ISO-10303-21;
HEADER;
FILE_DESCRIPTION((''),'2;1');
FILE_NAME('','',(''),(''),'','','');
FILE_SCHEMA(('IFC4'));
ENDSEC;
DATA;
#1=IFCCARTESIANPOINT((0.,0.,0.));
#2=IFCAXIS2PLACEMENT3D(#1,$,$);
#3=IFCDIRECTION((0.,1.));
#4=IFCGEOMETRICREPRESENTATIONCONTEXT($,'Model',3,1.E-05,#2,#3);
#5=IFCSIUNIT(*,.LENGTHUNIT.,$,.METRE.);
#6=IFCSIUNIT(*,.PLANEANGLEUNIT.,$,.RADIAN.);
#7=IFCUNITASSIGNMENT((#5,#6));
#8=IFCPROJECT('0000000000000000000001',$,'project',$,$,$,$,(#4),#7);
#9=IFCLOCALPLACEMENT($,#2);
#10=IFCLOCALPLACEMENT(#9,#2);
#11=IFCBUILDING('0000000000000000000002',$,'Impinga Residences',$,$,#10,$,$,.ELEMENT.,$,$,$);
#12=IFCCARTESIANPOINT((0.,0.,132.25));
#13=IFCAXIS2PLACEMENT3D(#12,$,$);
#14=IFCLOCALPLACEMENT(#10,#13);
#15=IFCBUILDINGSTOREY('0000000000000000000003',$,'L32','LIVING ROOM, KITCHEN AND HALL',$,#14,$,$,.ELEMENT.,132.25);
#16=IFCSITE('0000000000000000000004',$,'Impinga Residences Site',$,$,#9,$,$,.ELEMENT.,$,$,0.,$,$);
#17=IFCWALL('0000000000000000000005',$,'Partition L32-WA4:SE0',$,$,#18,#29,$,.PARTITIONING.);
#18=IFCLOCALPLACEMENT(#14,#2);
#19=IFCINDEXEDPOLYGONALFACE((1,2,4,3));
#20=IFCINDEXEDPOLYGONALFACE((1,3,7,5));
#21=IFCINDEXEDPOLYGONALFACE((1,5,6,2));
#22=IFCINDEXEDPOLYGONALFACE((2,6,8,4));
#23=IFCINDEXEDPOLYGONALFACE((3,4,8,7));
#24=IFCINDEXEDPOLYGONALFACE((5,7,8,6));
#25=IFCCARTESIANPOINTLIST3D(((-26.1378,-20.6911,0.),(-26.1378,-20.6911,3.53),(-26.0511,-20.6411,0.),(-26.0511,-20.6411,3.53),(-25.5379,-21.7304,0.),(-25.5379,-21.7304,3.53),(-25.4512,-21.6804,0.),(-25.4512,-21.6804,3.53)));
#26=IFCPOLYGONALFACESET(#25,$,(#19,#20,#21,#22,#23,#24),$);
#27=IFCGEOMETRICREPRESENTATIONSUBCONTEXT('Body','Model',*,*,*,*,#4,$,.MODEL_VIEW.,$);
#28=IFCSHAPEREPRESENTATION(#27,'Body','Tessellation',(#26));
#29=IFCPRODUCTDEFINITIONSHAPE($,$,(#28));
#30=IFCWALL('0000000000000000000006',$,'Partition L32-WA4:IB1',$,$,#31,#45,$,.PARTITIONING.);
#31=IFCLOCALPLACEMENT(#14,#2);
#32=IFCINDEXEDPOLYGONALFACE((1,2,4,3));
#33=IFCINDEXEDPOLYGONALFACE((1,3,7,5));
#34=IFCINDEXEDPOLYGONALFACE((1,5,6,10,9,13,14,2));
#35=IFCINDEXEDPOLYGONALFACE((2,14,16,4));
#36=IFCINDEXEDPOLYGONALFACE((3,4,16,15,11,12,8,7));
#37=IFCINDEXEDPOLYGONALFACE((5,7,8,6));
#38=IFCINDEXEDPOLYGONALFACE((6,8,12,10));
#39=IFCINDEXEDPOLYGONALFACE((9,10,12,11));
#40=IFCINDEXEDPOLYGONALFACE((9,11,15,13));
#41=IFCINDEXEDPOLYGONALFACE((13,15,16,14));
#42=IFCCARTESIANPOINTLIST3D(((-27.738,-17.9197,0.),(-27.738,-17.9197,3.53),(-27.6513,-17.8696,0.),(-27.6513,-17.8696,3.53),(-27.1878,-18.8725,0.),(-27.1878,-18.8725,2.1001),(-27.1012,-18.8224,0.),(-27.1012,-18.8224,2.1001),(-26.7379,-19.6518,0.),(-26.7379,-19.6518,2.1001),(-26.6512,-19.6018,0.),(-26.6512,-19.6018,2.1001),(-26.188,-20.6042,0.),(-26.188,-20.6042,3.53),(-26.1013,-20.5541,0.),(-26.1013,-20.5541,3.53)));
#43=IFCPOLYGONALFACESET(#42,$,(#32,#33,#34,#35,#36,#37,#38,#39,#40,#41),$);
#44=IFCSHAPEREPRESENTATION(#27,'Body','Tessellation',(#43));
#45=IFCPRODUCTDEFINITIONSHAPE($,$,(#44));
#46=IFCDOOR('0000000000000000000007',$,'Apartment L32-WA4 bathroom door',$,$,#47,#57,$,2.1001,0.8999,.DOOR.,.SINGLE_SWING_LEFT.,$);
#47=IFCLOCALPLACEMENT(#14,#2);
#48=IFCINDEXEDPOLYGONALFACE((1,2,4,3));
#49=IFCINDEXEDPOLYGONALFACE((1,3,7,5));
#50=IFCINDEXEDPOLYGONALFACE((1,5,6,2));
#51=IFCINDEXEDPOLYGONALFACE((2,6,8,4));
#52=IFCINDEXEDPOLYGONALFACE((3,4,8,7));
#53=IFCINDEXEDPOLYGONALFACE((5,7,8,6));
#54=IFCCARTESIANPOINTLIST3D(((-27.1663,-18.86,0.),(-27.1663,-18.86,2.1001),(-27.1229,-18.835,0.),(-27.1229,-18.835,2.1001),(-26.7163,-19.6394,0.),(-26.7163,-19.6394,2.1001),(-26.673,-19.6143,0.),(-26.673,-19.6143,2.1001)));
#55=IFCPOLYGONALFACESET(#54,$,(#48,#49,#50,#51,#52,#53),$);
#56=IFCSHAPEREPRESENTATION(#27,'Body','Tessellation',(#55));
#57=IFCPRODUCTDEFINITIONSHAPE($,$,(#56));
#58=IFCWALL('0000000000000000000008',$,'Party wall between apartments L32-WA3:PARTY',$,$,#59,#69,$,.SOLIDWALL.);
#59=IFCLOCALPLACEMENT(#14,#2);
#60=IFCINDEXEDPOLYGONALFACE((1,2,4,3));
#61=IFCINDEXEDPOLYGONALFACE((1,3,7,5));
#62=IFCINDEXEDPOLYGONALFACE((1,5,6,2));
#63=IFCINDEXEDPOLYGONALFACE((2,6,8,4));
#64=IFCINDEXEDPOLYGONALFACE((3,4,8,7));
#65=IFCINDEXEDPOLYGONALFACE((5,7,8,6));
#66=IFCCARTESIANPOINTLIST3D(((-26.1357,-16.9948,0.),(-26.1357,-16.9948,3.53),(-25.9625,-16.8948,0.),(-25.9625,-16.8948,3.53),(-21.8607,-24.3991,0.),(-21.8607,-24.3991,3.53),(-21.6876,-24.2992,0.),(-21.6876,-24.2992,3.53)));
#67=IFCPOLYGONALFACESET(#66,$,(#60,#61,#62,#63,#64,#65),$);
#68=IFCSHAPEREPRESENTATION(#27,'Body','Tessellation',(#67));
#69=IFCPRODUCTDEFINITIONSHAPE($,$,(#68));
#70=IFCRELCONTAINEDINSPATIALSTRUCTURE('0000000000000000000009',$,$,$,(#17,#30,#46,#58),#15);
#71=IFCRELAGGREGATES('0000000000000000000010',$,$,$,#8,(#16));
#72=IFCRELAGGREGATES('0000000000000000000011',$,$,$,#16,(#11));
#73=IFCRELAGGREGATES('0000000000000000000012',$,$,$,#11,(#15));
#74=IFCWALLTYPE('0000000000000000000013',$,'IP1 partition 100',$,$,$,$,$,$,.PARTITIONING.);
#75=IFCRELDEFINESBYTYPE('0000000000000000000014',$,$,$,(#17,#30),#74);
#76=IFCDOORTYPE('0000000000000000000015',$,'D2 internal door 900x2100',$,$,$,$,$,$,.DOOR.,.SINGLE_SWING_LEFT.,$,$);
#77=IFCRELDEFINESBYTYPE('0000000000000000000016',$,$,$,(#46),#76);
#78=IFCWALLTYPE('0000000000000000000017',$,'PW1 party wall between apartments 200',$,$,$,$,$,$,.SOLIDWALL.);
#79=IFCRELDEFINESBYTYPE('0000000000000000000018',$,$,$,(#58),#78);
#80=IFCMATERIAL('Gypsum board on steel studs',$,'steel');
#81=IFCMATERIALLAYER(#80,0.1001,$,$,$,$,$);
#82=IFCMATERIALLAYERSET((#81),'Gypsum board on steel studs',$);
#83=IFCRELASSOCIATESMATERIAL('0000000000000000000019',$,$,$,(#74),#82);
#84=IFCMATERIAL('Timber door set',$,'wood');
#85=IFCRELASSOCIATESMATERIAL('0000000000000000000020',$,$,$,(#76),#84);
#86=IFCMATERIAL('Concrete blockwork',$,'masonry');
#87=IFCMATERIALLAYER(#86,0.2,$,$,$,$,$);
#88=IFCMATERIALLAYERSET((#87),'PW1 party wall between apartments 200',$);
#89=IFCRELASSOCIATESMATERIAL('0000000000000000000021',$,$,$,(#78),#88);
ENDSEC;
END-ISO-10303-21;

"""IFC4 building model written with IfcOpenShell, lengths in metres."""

from ifc_helpers import new_model, si_unit, direction, frame, frame_2d, origin, place, context, subcontext, project, spatial, rectangle, extrude, material, layer, layer_set, type_object, element, fill, save


model = new_model("IFC4")

# Units and contexts
model_context = context("Model", 3, precision=1e-05, world=origin(), true_north=direction((0.0, 1.0)))
body_context = subcontext(model_context, "Body", "Model", "MODEL_VIEW")
ifc_project = project(units=[si_unit("LENGTHUNIT", "METRE"), si_unit("PLANEANGLEUNIT", "RADIAN")], contexts=[model_context])

# Site, building, storey
site_placement = place(None, origin())
site = spatial("IfcSite", under=ifc_project, at=site_placement, Name="Impinga Residences Site", CompositionType="ELEMENT", RefElevation=0.0)
building_placement = place(site_placement, origin())
building = spatial("IfcBuilding", under=site, at=building_placement, Name="Impinga Residences", CompositionType="ELEMENT")
storey_placement = place(building_placement, frame((0.0, 0.0, 132.25)))
storey = spatial("IfcBuildingStorey", under=building, at=storey_placement, Name="L32", Description="LIVING ROOM, KITCHEN AND HALL", CompositionType="ELEMENT", Elevation=132.25)

# Shared definitions
ifc_material_1 = material(Name="Concrete blockwork", Category="masonry")
ifc_material_2 = material(Name="Timber door set", Category="wood")
ifc_material_3 = material(Name="Gypsum board on steel studs", Category="steel")
ifc_layer_1 = layer(ifc_material_3, 0.1001)
ifc_layer_set_1 = layer_set([ifc_layer_1], Name="Gypsum board on steel studs")
wall_type_1 = type_object("IfcWallType", Name="IP1 partition 100", PredefinedType="PARTITIONING", material=ifc_layer_set_1)
door_type_1 = type_object("IfcDoorType", Name="D2 internal door 900x2100", OperationType="SINGLE_SWING_LEFT", PredefinedType="DOOR", material=ifc_material_2)

# Wall
wall_1_placement = place(storey_placement, frame((-26.0945, -20.666, 0.0), z_axis=(0.0, 0.0, 1.0), x_axis=(0.499881, -0.866094, 0.0)))
element("IfcWall", 1, at=wall_1_placement, inside=storey, type_object=wall_type_1, Name="Partition L32-WA4:SE0", PredefinedType="PARTITIONING", context=body_context, shape_type="SweptSolid", body=[
    extrude(rectangle(XDim=1.2, YDim=0.1001, at=frame_2d((0.6001, 0.0))), origin(), (0.0, 0.0, 1.0), 3.53),
])

# Wall, opening, door
wall_2_placement = place(storey_placement, frame((-27.6946, -17.8948, 0.0), z_axis=(0.0, 0.0, 1.0), x_axis=(0.500027, -0.86601, 0.0)))
wall_2 = element("IfcWall", 2, at=wall_2_placement, inside=storey, type_object=wall_type_1, Name="Partition L32-WA4:IB1", PredefinedType="PARTITIONING", context=body_context, shape_type="SweptSolid", body=[
    extrude(rectangle(XDim=3.0999, YDim=0.1001, at=frame_2d((1.5498, 0.0))), origin(), (0.0, 0.0, 1.0), 3.53),
])
opening_1_placement = place(wall_2_placement, frame((1.1001, 0.0, 0.0)))
opening_1 = element("IfcOpeningElement", 3, at=opening_1_placement, cuts=wall_2, PredefinedType="OPENING", context=body_context, shape_type="SweptSolid", body=[
    extrude(rectangle(XDim=0.8999, YDim=2.1001, at=frame_2d((0.45, 1.05))), frame((0.0, 0.0601, 0.0), z_axis=(0.0, -1.0, 0.0), x_axis=(1.0, 0.0, 0.0)), (0.0, 0.0, 1.0), 0.1201),
])
door_1_placement = place(opening_1_placement, origin())
door_1 = element("IfcDoor", 4, at=door_1_placement, inside=storey, type_object=door_type_1, Name="Apartment L32-WA4 bathroom door", OperationType="SINGLE_SWING_LEFT", OverallHeight=2.1001, OverallWidth=0.8999, PredefinedType="DOOR", context=body_context, shape_type="SweptSolid", body=[
    extrude(rectangle(XDim=0.8999, YDim=2.1001, at=frame_2d((0.45, 1.05))), frame((0.0, 0.0249, 0.0), z_axis=(0.0, -1.0, 0.0), x_axis=(1.0, 0.0, 0.0)), (0.0, 0.0, 1.0), 0.05),
])
fill(opening_1, door_1)

# Wall
ifc_layer_2 = layer(ifc_material_1, 0.2)
ifc_layer_set_2 = layer_set([ifc_layer_2], Name="PW1 party wall between apartments 200")
wall_type_2 = type_object("IfcWallType", Name="PW1 party wall between apartments 200", PredefinedType="SOLIDWALL", material=ifc_layer_set_2)
wall_3_placement = place(storey_placement, frame((-26.0491, -16.9448, 0.0), z_axis=(0.0, 0.0, 1.0), x_axis=(0.500003, -0.866024, 0.0)))
element("IfcWall", 5, at=wall_3_placement, inside=storey, type_object=wall_type_2, Name="Party wall between apartments L32-WA3:PARTY", PredefinedType="SOLIDWALL", context=body_context, shape_type="SweptSolid", body=[
    extrude(rectangle(XDim=8.5498, YDim=0.2, at=frame_2d((4.2749, 0.0))), origin(), (0.0, 0.0, 1.0), 3.53),
])

save(model, "model.ifc")
